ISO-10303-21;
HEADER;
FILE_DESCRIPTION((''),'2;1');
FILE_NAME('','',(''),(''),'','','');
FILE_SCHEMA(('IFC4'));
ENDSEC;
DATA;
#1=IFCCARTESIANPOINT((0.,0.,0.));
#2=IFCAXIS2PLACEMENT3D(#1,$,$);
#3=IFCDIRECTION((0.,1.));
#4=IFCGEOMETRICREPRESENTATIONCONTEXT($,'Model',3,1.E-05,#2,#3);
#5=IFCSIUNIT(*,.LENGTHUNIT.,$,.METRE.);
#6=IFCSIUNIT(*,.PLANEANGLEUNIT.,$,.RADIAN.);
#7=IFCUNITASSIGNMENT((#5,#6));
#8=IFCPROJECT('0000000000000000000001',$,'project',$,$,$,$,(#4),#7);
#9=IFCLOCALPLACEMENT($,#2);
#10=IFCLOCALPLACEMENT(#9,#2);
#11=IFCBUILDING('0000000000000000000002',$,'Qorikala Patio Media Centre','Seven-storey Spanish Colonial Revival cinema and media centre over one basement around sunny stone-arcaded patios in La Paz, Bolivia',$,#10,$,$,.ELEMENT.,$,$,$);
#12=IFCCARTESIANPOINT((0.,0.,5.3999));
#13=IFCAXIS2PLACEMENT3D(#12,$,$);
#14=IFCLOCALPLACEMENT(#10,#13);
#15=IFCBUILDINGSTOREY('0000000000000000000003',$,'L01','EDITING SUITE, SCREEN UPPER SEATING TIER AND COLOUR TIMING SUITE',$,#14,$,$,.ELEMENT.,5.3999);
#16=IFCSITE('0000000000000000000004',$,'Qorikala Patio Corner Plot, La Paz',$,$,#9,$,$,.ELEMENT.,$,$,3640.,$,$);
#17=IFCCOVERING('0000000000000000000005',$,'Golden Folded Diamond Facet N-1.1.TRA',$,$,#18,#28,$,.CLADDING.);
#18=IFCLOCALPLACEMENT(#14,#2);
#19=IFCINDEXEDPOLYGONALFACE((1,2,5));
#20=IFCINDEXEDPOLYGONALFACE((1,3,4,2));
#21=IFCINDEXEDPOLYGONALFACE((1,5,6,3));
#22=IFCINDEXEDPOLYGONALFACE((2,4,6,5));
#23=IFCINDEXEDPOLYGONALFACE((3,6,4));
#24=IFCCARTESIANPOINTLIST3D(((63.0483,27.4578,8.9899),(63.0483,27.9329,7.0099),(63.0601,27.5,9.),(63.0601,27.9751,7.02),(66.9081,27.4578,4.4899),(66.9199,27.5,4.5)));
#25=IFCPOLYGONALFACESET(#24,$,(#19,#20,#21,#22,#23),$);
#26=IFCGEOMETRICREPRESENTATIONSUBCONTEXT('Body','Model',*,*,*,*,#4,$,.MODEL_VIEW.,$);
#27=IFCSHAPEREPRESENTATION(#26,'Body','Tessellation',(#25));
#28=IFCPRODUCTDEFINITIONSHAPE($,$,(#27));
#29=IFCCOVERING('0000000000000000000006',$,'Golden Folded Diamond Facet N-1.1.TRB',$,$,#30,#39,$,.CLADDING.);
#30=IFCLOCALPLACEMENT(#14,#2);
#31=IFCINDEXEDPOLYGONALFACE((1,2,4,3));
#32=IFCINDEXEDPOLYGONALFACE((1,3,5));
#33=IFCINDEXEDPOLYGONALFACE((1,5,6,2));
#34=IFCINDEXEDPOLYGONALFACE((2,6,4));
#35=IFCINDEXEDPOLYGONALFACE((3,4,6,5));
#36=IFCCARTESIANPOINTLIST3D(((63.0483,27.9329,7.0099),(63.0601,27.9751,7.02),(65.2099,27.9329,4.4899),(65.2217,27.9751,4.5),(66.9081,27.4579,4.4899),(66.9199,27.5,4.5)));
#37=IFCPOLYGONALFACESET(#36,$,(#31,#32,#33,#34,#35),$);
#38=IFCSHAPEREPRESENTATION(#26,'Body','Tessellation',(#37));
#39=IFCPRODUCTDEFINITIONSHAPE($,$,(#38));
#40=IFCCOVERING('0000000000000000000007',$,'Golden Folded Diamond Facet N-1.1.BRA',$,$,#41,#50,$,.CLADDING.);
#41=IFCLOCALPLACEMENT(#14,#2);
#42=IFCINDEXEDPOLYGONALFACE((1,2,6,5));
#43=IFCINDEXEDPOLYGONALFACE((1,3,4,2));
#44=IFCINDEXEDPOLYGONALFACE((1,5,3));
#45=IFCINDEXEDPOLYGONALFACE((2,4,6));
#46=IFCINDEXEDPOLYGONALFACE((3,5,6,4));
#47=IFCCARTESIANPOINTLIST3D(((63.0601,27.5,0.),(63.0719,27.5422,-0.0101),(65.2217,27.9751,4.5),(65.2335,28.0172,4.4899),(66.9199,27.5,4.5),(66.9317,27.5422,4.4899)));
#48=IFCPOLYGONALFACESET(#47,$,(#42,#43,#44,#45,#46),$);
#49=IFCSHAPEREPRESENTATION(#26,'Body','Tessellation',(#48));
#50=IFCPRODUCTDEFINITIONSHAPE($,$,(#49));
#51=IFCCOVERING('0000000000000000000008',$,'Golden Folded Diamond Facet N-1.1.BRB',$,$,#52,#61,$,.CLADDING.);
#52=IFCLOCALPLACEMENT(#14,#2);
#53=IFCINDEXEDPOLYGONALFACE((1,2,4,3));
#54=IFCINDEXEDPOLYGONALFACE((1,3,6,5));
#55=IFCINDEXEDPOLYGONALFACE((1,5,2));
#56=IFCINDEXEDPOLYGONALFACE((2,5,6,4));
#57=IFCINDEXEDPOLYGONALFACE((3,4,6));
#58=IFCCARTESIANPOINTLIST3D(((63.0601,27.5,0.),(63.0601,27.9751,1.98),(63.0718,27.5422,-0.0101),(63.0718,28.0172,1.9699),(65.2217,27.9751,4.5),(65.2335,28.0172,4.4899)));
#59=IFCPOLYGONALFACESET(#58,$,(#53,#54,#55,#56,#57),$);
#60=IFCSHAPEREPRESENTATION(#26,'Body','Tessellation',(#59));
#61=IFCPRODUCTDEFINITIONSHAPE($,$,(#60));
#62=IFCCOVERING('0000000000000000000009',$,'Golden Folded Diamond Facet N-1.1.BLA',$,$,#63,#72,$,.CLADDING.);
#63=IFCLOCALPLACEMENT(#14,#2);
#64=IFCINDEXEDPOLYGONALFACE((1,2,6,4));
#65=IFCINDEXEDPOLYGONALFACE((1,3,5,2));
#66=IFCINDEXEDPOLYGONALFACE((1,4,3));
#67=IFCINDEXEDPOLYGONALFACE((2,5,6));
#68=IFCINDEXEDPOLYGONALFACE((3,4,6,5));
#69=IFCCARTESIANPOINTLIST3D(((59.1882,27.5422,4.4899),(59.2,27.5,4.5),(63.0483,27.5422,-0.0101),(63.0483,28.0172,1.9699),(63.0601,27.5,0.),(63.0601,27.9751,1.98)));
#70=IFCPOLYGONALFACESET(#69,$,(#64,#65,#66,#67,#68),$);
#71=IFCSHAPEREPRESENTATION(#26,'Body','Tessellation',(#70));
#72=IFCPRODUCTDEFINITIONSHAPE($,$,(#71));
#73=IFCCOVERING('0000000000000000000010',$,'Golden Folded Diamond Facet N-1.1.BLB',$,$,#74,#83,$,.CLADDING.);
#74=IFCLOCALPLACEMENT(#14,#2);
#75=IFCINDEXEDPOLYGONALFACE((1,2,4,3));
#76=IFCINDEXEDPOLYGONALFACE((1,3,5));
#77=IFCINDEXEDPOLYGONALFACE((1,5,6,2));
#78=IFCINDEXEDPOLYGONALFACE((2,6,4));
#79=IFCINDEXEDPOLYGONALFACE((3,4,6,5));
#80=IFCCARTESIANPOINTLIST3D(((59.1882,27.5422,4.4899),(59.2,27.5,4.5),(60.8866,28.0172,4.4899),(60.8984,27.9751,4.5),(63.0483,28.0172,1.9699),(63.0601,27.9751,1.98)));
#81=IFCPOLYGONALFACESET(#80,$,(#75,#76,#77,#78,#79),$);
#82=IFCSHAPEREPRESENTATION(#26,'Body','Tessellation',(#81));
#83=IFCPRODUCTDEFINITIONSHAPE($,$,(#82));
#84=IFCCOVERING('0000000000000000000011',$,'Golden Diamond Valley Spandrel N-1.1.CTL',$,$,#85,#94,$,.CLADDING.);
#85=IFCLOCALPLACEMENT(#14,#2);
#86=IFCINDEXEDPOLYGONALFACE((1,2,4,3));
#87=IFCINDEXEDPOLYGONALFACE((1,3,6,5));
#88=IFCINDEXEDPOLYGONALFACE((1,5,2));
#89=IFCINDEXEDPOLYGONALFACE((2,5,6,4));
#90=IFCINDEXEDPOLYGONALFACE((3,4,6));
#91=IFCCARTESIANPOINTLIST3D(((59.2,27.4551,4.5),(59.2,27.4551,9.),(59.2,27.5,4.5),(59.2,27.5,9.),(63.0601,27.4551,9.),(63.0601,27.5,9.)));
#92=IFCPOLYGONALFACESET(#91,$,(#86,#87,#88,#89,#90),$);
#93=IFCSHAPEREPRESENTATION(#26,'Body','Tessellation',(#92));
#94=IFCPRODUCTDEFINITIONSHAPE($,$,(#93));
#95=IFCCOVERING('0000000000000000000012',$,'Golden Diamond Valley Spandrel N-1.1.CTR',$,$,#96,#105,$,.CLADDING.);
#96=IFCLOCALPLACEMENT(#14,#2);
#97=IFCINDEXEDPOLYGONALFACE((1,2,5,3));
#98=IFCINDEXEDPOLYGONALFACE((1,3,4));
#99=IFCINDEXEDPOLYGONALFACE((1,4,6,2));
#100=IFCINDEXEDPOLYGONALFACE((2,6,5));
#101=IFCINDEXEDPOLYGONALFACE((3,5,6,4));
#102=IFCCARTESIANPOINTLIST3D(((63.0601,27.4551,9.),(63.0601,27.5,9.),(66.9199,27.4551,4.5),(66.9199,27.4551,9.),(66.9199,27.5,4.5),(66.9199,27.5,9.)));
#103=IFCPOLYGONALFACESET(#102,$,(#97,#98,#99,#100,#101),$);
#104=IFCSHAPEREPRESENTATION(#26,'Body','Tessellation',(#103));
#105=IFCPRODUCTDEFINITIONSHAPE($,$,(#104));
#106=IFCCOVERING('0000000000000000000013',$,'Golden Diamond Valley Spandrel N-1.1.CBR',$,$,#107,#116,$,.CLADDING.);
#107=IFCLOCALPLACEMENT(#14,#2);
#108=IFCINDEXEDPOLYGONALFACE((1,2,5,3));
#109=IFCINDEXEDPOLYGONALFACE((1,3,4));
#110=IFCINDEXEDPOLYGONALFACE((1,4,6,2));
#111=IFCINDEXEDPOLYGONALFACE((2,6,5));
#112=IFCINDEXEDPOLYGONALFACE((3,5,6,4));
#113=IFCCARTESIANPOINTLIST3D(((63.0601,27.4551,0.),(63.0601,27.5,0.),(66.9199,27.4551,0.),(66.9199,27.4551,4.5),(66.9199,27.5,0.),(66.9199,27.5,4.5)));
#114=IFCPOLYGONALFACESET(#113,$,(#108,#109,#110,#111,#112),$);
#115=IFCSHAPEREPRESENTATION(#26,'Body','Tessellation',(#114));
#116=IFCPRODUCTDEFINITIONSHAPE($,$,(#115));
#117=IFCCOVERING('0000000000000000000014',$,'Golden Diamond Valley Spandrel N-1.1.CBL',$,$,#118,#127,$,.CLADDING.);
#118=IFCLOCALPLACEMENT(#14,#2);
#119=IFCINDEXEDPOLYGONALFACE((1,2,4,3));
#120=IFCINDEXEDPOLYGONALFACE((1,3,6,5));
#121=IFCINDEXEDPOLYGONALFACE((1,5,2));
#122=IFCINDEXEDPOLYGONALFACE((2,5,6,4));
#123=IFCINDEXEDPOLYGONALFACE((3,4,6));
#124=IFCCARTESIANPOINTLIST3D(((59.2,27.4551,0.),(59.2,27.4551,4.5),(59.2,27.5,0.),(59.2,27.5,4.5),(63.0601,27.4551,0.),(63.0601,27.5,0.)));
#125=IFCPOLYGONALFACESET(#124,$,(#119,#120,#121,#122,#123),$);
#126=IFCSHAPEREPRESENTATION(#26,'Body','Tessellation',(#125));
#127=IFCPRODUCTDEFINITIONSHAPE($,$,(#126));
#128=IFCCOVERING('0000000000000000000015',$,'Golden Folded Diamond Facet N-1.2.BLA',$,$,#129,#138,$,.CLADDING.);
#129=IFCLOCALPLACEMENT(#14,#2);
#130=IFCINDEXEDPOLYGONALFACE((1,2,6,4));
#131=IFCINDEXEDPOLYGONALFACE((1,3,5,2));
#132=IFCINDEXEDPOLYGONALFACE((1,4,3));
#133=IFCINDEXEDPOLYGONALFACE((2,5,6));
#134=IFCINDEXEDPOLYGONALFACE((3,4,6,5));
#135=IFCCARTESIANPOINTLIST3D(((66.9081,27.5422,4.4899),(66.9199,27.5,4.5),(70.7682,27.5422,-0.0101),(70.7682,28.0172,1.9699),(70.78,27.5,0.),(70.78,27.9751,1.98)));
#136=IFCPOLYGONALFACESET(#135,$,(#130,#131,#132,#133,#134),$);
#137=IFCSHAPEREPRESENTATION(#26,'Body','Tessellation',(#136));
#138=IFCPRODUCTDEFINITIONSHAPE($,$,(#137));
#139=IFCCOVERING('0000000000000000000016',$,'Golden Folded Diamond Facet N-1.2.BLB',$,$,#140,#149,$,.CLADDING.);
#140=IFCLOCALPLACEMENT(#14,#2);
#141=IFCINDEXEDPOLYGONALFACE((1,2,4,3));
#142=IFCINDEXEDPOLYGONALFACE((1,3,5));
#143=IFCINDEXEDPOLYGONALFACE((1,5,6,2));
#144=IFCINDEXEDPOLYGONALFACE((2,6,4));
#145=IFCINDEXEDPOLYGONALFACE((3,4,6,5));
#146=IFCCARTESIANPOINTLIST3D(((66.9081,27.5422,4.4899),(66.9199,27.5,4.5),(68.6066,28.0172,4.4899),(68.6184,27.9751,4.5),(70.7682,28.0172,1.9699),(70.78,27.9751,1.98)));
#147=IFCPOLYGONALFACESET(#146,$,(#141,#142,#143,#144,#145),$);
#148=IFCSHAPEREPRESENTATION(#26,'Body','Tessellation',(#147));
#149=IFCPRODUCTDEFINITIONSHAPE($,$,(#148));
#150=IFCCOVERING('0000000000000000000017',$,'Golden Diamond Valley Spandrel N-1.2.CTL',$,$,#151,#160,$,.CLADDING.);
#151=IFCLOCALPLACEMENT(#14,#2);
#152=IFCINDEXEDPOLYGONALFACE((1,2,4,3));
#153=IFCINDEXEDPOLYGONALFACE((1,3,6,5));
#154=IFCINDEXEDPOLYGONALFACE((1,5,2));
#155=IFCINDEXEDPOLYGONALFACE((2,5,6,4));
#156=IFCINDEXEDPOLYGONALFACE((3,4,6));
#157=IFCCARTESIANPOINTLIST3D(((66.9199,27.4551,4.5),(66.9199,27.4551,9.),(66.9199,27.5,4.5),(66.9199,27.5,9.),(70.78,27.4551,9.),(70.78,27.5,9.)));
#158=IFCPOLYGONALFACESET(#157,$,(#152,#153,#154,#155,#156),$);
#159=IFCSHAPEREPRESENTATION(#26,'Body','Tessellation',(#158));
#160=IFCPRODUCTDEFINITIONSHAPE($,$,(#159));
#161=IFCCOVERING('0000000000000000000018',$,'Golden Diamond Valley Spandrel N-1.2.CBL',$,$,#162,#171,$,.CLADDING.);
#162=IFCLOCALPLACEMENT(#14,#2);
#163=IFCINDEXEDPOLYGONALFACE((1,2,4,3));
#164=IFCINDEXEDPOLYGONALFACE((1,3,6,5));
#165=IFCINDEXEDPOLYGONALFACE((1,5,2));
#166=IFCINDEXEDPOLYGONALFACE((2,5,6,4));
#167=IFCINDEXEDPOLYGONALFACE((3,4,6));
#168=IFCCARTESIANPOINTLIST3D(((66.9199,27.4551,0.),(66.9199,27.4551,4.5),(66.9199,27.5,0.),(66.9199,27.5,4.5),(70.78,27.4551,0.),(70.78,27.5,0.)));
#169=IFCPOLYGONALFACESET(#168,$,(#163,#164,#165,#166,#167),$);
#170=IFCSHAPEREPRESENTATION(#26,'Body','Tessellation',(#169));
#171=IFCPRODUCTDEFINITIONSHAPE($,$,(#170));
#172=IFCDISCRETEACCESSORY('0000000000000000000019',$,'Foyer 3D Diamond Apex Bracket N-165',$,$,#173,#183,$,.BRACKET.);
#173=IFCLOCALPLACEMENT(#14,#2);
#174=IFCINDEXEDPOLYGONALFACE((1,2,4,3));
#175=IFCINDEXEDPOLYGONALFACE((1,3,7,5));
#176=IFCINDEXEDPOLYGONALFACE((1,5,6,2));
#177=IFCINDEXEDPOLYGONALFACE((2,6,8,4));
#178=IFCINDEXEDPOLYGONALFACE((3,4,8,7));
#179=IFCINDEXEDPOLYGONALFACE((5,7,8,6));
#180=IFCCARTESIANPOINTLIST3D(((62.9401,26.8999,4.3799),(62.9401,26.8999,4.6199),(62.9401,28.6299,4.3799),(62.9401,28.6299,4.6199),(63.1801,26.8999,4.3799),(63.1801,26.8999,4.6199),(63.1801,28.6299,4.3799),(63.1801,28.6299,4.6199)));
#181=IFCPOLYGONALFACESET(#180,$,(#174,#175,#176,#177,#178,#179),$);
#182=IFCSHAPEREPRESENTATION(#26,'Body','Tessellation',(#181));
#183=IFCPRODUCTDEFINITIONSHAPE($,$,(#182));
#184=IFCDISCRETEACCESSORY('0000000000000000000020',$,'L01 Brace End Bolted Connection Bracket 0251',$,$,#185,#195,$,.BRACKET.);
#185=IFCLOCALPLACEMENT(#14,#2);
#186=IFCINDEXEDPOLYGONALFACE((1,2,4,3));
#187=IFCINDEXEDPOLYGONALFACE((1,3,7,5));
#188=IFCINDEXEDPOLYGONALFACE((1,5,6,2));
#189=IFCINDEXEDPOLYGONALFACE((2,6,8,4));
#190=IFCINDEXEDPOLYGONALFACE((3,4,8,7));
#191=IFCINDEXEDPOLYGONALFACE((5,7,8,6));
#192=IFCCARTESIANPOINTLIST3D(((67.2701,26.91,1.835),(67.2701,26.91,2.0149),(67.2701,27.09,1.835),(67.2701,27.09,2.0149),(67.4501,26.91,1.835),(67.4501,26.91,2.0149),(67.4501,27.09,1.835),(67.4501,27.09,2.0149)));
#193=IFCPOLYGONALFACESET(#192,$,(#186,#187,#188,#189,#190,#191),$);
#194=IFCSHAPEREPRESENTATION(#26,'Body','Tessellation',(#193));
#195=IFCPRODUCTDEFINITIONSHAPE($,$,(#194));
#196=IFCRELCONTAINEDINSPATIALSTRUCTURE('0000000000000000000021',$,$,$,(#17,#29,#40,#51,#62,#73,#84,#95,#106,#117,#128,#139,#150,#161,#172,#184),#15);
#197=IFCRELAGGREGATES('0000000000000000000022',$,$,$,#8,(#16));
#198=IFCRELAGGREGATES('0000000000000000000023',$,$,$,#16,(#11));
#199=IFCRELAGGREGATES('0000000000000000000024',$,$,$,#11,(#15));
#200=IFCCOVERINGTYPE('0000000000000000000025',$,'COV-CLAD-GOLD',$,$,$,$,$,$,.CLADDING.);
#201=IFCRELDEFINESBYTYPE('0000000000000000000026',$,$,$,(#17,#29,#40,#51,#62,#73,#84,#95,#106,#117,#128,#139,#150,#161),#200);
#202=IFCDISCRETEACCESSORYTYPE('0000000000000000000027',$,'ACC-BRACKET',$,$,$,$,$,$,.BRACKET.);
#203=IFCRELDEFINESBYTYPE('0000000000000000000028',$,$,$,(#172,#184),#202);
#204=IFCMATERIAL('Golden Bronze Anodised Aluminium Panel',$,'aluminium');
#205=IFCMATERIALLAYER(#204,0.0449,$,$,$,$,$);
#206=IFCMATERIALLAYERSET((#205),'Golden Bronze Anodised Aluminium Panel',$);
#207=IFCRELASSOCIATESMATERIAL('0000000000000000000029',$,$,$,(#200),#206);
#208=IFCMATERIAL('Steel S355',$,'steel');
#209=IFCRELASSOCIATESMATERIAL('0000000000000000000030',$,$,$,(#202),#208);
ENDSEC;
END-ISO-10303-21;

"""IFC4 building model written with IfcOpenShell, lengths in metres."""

from ifc_helpers import new_model, si_unit, direction, frame, origin, origin_2d, place, context, subcontext, project, spatial, polyline, rectangle, outline, extrude, material, layer, layer_set, type_object, element, save


model = new_model("IFC4")

# Units and contexts
model_context = context("Model", 3, precision=1e-05, world=origin(), true_north=direction((0.0, 1.0)))
body_context = subcontext(model_context, "Body", "Model", "MODEL_VIEW")
ifc_project = project(units=[si_unit("LENGTHUNIT", "METRE"), si_unit("PLANEANGLEUNIT", "RADIAN")], contexts=[model_context])

# Site, building, storey
site_placement = place(None, origin())
site = spatial("IfcSite", under=ifc_project, at=site_placement, Name="Qorikala Patio Corner Plot, La Paz", CompositionType="ELEMENT", RefElevation=3640.0)
building_placement = place(site_placement, origin())
building = spatial("IfcBuilding", under=site, at=building_placement, Name="Qorikala Patio Media Centre", Description="Seven-storey Spanish Colonial Revival cinema and media centre over one basement around sunny stone-arcaded patios in La Paz, Bolivia", CompositionType="ELEMENT")
storey_placement = place(building_placement, frame((0.0, 0.0, 5.3999)))
storey = spatial("IfcBuildingStorey", under=building, at=storey_placement, Name="L01", Description="EDITING SUITE, SCREEN UPPER SEATING TIER AND COLOUR TIMING SUITE", CompositionType="ELEMENT", Elevation=5.3999)

# Coverings
ifc_material_1 = material(Name="Golden Bronze Anodised Aluminium Panel", Category="aluminium")
ifc_layer_1 = layer(ifc_material_1, 0.0449)
ifc_layer_set_1 = layer_set([ifc_layer_1], Name="Golden Bronze Anodised Aluminium Panel")
covering_type = type_object("IfcCoveringType", Name="COV-CLAD-GOLD", PredefinedType="CLADDING", material=ifc_layer_set_1)
covering_1_placement = place(storey_placement, frame((66.9199, 27.5, 4.5), z_axis=(0.262485, 0.938302, 0.225146), x_axis=(-0.651056, 0.0, 0.75903)))
element("IfcCovering", 1, at=covering_1_placement, inside=storey, type_object=covering_type, Name="Golden Folded Diamond Facet N-1.1.TRA", PredefinedType="CLADDING", context=body_context, shape_type="SweptSolid", body=[
    extrude(outline(polyline([(0.0, 0.0), (5.9286, 0.0), (4.4258, -1.3738), (0.0, 0.0)])), origin(), (0.0, 0.0, -1.0), 0.0449),
])
covering_2_placement = place(storey_placement, frame((66.9199, 27.5, 4.5), z_axis=(0.262496, 0.938295, 0.225164), x_axis=(-0.832929, 0.102522, 0.543801)))
element("IfcCovering", 2, at=covering_2_placement, inside=storey, type_object=covering_type, Name="Golden Folded Diamond Facet N-1.1.TRB", PredefinedType="CLADDING", context=body_context, shape_type="SweptSolid", body=[
    extrude(outline(polyline([(0.0, 0.0), (4.6341, 0.0), (1.4632, -0.9842), (0.0, 0.0)])), origin(), (0.0, 0.0, -1.0), 0.0449),
])
covering_3_placement = place(storey_placement, frame((63.0601, 27.5, 0.0), z_axis=(-0.262496, -0.938297, 0.225156), x_axis=(0.651056, 0.0, 0.75903)))
element("IfcCovering", 3, at=covering_3_placement, inside=storey, type_object=covering_type, Name="Golden Folded Diamond Facet N-1.1.BRA", PredefinedType="CLADDING", context=body_context, shape_type="SweptSolid", body=[
    extrude(outline(polyline([(0.0, 0.0), (5.9286, 0.0), (4.823, 1.3738), (0.0, 0.0)])), origin(), (0.0, 0.0, -1.0), 0.0449),
])
covering_4_placement = place(storey_placement, frame((63.0601, 27.5, 0.0), z_axis=(-0.262476, -0.938304, 0.225147), x_axis=(0.431047, 0.094739, 0.897342)))
element("IfcCovering", 4, at=covering_4_placement, inside=storey, type_object=covering_type, Name="Golden Folded Diamond Facet N-1.1.BRB", PredefinedType="CLADDING", context=body_context, shape_type="SweptSolid", body=[
    extrude(outline(polyline([(0.0, 0.0), (5.0148, 0.0), (1.8217, 0.9096), (0.0, 0.0)])), origin(), (0.0, 0.0, -1.0), 0.0449),
])
covering_5_placement = place(storey_placement, frame((59.2, 27.5, 4.5), z_axis=(0.26247, -0.938306, 0.225147), x_axis=(0.65108, 0.0, -0.759009)))
element("IfcCovering", 5, at=covering_5_placement, inside=storey, type_object=covering_type, Name="Golden Folded Diamond Facet N-1.1.BLA", PredefinedType="CLADDING", context=body_context, shape_type="SweptSolid", body=[
    extrude(outline(polyline([(0.0, 0.0), (5.9288, 0.0), (4.426, 1.3739), (0.0, 0.0)])), origin(), (0.0, 0.0, -1.0), 0.0449),
])
covering_6_placement = place(storey_placement, frame((59.2, 27.5, 4.5), z_axis=(0.262463, -0.938311, 0.225135), x_axis=(0.832945, 0.102518, -0.543777)))
element("IfcCovering", 6, at=covering_6_placement, inside=storey, type_object=covering_type, Name="Golden Folded Diamond Facet N-1.1.BLB", PredefinedType="CLADDING", context=body_context, shape_type="SweptSolid", body=[
    extrude(outline(polyline([(0.0, 0.0), (4.6343, 0.0), (1.4635, 0.9843), (0.0, 0.0)])), origin(), (0.0, 0.0, -1.0), 0.0449),
])
covering_7_placement = place(storey_placement, frame((59.2, 27.5, 9.0), z_axis=(0.0, 1.0, 0.0), x_axis=(1.0, 0.0, 0.0)))
element("IfcCovering", 7, at=covering_7_placement, inside=storey, type_object=covering_type, Name="Golden Diamond Valley Spandrel N-1.1.CTL", PredefinedType="CLADDING", context=body_context, shape_type="SweptSolid", body=[
    extrude(outline(polyline([(0.0, 0.0), (3.8601, 0.0), (0.0, 4.5), (0.0, 0.0)])), origin(), (0.0, 0.0, -1.0), 0.0449),
])
covering_8_placement = place(storey_placement, frame((66.9199, 27.5, 9.0), z_axis=(0.0, 1.0, 0.0), x_axis=(0.0, 0.0, -1.0)))
element("IfcCovering", 8, at=covering_8_placement, inside=storey, type_object=covering_type, Name="Golden Diamond Valley Spandrel N-1.1.CTR", PredefinedType="CLADDING", context=body_context, shape_type="SweptSolid", body=[
    extrude(outline(polyline([(0.0, 0.0), (4.5, 0.0), (0.0, 3.8599), (0.0, 0.0)])), origin(), (0.0, 0.0, -1.0), 0.0449),
])
covering_9_placement = place(storey_placement, frame((66.9199, 27.5, 0.0), z_axis=(0.0, 1.0, 0.0), x_axis=(-1.0, 0.0, 0.0)))
element("IfcCovering", 9, at=covering_9_placement, inside=storey, type_object=covering_type, Name="Golden Diamond Valley Spandrel N-1.1.CBR", PredefinedType="CLADDING", context=body_context, shape_type="SweptSolid", body=[
    extrude(outline(polyline([(0.0, 0.0), (3.8599, 0.0), (0.0, 4.5), (0.0, 0.0)])), origin(), (0.0, 0.0, -1.0), 0.0449),
])
covering_10_placement = place(storey_placement, frame((59.2, 27.5, 0.0), z_axis=(0.0, 1.0, 0.0), x_axis=(0.0, 0.0, 1.0)))
element("IfcCovering", 10, at=covering_10_placement, inside=storey, type_object=covering_type, Name="Golden Diamond Valley Spandrel N-1.1.CBL", PredefinedType="CLADDING", context=body_context, shape_type="SweptSolid", body=[
    extrude(outline(polyline([(0.0, 0.0), (4.5, 0.0), (0.0, 3.8601), (0.0, 0.0)])), origin(), (0.0, 0.0, -1.0), 0.0449),
])
covering_11_placement = place(storey_placement, frame((66.9199, 27.5, 4.5), z_axis=(0.26247, -0.938306, 0.225147), x_axis=(0.65108, 0.0, -0.759009)))
element("IfcCovering", 11, at=covering_11_placement, inside=storey, type_object=covering_type, Name="Golden Folded Diamond Facet N-1.2.BLA", PredefinedType="CLADDING", context=body_context, shape_type="SweptSolid", body=[
    extrude(outline(polyline([(0.0, 0.0), (5.9288, 0.0), (4.426, 1.3739), (0.0, 0.0)])), origin(), (0.0, 0.0, -1.0), 0.0449),
])
covering_12_placement = place(storey_placement, frame((66.9199, 27.5, 4.5), z_axis=(0.262463, -0.938311, 0.225135), x_axis=(0.832945, 0.102518, -0.543777)))
element("IfcCovering", 12, at=covering_12_placement, inside=storey, type_object=covering_type, Name="Golden Folded Diamond Facet N-1.2.BLB", PredefinedType="CLADDING", context=body_context, shape_type="SweptSolid", body=[
    extrude(outline(polyline([(0.0, 0.0), (4.6343, 0.0), (1.4635, 0.9843), (0.0, 0.0)])), origin(), (0.0, 0.0, -1.0), 0.0449),
])
covering_13_placement = place(storey_placement, frame((66.9199, 27.5, 9.0), z_axis=(0.0, 1.0, 0.0), x_axis=(1.0, 0.0, 0.0)))
element("IfcCovering", 13, at=covering_13_placement, inside=storey, type_object=covering_type, Name="Golden Diamond Valley Spandrel N-1.2.CTL", PredefinedType="CLADDING", context=body_context, shape_type="SweptSolid", body=[
    extrude(outline(polyline([(0.0, 0.0), (3.8601, 0.0), (0.0, 4.5), (0.0, 0.0)])), origin(), (0.0, 0.0, -1.0), 0.0449),
])
covering_14_placement = place(storey_placement, frame((66.9199, 27.5, 0.0), z_axis=(0.0, 1.0, 0.0), x_axis=(0.0, 0.0, 1.0)))
element("IfcCovering", 14, at=covering_14_placement, inside=storey, type_object=covering_type, Name="Golden Diamond Valley Spandrel N-1.2.CBL", PredefinedType="CLADDING", context=body_context, shape_type="SweptSolid", body=[
    extrude(outline(polyline([(0.0, 0.0), (4.5, 0.0), (0.0, 3.8601), (0.0, 0.0)])), origin(), (0.0, 0.0, -1.0), 0.0449),
])

# Discrete accessories
ifc_material_2 = material(Name="Steel S355", Category="steel")
discrete_accessory_type = type_object("IfcDiscreteAccessoryType", Name="ACC-BRACKET", PredefinedType="BRACKET", material=ifc_material_2)
discrete_accessory_1_placement = place(storey_placement, frame((63.0601, 27.7649, 4.3799), z_axis=(0.0, 0.0, 1.0), x_axis=(1.0, 0.0, 0.0)))
element("IfcDiscreteAccessory", 15, at=discrete_accessory_1_placement, inside=storey, type_object=discrete_accessory_type, Name="Foyer 3D Diamond Apex Bracket N-165", PredefinedType="BRACKET", context=body_context, shape_type="SweptSolid", body=[
    extrude(rectangle(XDim=0.24, YDim=1.73, at=origin_2d()), origin(), (0.0, 0.0, 1.0), 0.24),
])
discrete_accessory_2_placement = place(storey_placement, frame((67.3601, 27.0, 1.835), z_axis=(0.0, 0.0, 1.0), x_axis=(1.0, 0.0, 0.0)))
element("IfcDiscreteAccessory", 16, at=discrete_accessory_2_placement, inside=storey, type_object=discrete_accessory_type, Name="L01 Brace End Bolted Connection Bracket 0251", PredefinedType="BRACKET", context=body_context, shape_type="SweptSolid", body=[
    extrude(rectangle(XDim=0.1799, YDim=0.1799, at=origin_2d()), origin(), (0.0, 0.0, 1.0), 0.1799),
])

save(model, "model.ifc")
